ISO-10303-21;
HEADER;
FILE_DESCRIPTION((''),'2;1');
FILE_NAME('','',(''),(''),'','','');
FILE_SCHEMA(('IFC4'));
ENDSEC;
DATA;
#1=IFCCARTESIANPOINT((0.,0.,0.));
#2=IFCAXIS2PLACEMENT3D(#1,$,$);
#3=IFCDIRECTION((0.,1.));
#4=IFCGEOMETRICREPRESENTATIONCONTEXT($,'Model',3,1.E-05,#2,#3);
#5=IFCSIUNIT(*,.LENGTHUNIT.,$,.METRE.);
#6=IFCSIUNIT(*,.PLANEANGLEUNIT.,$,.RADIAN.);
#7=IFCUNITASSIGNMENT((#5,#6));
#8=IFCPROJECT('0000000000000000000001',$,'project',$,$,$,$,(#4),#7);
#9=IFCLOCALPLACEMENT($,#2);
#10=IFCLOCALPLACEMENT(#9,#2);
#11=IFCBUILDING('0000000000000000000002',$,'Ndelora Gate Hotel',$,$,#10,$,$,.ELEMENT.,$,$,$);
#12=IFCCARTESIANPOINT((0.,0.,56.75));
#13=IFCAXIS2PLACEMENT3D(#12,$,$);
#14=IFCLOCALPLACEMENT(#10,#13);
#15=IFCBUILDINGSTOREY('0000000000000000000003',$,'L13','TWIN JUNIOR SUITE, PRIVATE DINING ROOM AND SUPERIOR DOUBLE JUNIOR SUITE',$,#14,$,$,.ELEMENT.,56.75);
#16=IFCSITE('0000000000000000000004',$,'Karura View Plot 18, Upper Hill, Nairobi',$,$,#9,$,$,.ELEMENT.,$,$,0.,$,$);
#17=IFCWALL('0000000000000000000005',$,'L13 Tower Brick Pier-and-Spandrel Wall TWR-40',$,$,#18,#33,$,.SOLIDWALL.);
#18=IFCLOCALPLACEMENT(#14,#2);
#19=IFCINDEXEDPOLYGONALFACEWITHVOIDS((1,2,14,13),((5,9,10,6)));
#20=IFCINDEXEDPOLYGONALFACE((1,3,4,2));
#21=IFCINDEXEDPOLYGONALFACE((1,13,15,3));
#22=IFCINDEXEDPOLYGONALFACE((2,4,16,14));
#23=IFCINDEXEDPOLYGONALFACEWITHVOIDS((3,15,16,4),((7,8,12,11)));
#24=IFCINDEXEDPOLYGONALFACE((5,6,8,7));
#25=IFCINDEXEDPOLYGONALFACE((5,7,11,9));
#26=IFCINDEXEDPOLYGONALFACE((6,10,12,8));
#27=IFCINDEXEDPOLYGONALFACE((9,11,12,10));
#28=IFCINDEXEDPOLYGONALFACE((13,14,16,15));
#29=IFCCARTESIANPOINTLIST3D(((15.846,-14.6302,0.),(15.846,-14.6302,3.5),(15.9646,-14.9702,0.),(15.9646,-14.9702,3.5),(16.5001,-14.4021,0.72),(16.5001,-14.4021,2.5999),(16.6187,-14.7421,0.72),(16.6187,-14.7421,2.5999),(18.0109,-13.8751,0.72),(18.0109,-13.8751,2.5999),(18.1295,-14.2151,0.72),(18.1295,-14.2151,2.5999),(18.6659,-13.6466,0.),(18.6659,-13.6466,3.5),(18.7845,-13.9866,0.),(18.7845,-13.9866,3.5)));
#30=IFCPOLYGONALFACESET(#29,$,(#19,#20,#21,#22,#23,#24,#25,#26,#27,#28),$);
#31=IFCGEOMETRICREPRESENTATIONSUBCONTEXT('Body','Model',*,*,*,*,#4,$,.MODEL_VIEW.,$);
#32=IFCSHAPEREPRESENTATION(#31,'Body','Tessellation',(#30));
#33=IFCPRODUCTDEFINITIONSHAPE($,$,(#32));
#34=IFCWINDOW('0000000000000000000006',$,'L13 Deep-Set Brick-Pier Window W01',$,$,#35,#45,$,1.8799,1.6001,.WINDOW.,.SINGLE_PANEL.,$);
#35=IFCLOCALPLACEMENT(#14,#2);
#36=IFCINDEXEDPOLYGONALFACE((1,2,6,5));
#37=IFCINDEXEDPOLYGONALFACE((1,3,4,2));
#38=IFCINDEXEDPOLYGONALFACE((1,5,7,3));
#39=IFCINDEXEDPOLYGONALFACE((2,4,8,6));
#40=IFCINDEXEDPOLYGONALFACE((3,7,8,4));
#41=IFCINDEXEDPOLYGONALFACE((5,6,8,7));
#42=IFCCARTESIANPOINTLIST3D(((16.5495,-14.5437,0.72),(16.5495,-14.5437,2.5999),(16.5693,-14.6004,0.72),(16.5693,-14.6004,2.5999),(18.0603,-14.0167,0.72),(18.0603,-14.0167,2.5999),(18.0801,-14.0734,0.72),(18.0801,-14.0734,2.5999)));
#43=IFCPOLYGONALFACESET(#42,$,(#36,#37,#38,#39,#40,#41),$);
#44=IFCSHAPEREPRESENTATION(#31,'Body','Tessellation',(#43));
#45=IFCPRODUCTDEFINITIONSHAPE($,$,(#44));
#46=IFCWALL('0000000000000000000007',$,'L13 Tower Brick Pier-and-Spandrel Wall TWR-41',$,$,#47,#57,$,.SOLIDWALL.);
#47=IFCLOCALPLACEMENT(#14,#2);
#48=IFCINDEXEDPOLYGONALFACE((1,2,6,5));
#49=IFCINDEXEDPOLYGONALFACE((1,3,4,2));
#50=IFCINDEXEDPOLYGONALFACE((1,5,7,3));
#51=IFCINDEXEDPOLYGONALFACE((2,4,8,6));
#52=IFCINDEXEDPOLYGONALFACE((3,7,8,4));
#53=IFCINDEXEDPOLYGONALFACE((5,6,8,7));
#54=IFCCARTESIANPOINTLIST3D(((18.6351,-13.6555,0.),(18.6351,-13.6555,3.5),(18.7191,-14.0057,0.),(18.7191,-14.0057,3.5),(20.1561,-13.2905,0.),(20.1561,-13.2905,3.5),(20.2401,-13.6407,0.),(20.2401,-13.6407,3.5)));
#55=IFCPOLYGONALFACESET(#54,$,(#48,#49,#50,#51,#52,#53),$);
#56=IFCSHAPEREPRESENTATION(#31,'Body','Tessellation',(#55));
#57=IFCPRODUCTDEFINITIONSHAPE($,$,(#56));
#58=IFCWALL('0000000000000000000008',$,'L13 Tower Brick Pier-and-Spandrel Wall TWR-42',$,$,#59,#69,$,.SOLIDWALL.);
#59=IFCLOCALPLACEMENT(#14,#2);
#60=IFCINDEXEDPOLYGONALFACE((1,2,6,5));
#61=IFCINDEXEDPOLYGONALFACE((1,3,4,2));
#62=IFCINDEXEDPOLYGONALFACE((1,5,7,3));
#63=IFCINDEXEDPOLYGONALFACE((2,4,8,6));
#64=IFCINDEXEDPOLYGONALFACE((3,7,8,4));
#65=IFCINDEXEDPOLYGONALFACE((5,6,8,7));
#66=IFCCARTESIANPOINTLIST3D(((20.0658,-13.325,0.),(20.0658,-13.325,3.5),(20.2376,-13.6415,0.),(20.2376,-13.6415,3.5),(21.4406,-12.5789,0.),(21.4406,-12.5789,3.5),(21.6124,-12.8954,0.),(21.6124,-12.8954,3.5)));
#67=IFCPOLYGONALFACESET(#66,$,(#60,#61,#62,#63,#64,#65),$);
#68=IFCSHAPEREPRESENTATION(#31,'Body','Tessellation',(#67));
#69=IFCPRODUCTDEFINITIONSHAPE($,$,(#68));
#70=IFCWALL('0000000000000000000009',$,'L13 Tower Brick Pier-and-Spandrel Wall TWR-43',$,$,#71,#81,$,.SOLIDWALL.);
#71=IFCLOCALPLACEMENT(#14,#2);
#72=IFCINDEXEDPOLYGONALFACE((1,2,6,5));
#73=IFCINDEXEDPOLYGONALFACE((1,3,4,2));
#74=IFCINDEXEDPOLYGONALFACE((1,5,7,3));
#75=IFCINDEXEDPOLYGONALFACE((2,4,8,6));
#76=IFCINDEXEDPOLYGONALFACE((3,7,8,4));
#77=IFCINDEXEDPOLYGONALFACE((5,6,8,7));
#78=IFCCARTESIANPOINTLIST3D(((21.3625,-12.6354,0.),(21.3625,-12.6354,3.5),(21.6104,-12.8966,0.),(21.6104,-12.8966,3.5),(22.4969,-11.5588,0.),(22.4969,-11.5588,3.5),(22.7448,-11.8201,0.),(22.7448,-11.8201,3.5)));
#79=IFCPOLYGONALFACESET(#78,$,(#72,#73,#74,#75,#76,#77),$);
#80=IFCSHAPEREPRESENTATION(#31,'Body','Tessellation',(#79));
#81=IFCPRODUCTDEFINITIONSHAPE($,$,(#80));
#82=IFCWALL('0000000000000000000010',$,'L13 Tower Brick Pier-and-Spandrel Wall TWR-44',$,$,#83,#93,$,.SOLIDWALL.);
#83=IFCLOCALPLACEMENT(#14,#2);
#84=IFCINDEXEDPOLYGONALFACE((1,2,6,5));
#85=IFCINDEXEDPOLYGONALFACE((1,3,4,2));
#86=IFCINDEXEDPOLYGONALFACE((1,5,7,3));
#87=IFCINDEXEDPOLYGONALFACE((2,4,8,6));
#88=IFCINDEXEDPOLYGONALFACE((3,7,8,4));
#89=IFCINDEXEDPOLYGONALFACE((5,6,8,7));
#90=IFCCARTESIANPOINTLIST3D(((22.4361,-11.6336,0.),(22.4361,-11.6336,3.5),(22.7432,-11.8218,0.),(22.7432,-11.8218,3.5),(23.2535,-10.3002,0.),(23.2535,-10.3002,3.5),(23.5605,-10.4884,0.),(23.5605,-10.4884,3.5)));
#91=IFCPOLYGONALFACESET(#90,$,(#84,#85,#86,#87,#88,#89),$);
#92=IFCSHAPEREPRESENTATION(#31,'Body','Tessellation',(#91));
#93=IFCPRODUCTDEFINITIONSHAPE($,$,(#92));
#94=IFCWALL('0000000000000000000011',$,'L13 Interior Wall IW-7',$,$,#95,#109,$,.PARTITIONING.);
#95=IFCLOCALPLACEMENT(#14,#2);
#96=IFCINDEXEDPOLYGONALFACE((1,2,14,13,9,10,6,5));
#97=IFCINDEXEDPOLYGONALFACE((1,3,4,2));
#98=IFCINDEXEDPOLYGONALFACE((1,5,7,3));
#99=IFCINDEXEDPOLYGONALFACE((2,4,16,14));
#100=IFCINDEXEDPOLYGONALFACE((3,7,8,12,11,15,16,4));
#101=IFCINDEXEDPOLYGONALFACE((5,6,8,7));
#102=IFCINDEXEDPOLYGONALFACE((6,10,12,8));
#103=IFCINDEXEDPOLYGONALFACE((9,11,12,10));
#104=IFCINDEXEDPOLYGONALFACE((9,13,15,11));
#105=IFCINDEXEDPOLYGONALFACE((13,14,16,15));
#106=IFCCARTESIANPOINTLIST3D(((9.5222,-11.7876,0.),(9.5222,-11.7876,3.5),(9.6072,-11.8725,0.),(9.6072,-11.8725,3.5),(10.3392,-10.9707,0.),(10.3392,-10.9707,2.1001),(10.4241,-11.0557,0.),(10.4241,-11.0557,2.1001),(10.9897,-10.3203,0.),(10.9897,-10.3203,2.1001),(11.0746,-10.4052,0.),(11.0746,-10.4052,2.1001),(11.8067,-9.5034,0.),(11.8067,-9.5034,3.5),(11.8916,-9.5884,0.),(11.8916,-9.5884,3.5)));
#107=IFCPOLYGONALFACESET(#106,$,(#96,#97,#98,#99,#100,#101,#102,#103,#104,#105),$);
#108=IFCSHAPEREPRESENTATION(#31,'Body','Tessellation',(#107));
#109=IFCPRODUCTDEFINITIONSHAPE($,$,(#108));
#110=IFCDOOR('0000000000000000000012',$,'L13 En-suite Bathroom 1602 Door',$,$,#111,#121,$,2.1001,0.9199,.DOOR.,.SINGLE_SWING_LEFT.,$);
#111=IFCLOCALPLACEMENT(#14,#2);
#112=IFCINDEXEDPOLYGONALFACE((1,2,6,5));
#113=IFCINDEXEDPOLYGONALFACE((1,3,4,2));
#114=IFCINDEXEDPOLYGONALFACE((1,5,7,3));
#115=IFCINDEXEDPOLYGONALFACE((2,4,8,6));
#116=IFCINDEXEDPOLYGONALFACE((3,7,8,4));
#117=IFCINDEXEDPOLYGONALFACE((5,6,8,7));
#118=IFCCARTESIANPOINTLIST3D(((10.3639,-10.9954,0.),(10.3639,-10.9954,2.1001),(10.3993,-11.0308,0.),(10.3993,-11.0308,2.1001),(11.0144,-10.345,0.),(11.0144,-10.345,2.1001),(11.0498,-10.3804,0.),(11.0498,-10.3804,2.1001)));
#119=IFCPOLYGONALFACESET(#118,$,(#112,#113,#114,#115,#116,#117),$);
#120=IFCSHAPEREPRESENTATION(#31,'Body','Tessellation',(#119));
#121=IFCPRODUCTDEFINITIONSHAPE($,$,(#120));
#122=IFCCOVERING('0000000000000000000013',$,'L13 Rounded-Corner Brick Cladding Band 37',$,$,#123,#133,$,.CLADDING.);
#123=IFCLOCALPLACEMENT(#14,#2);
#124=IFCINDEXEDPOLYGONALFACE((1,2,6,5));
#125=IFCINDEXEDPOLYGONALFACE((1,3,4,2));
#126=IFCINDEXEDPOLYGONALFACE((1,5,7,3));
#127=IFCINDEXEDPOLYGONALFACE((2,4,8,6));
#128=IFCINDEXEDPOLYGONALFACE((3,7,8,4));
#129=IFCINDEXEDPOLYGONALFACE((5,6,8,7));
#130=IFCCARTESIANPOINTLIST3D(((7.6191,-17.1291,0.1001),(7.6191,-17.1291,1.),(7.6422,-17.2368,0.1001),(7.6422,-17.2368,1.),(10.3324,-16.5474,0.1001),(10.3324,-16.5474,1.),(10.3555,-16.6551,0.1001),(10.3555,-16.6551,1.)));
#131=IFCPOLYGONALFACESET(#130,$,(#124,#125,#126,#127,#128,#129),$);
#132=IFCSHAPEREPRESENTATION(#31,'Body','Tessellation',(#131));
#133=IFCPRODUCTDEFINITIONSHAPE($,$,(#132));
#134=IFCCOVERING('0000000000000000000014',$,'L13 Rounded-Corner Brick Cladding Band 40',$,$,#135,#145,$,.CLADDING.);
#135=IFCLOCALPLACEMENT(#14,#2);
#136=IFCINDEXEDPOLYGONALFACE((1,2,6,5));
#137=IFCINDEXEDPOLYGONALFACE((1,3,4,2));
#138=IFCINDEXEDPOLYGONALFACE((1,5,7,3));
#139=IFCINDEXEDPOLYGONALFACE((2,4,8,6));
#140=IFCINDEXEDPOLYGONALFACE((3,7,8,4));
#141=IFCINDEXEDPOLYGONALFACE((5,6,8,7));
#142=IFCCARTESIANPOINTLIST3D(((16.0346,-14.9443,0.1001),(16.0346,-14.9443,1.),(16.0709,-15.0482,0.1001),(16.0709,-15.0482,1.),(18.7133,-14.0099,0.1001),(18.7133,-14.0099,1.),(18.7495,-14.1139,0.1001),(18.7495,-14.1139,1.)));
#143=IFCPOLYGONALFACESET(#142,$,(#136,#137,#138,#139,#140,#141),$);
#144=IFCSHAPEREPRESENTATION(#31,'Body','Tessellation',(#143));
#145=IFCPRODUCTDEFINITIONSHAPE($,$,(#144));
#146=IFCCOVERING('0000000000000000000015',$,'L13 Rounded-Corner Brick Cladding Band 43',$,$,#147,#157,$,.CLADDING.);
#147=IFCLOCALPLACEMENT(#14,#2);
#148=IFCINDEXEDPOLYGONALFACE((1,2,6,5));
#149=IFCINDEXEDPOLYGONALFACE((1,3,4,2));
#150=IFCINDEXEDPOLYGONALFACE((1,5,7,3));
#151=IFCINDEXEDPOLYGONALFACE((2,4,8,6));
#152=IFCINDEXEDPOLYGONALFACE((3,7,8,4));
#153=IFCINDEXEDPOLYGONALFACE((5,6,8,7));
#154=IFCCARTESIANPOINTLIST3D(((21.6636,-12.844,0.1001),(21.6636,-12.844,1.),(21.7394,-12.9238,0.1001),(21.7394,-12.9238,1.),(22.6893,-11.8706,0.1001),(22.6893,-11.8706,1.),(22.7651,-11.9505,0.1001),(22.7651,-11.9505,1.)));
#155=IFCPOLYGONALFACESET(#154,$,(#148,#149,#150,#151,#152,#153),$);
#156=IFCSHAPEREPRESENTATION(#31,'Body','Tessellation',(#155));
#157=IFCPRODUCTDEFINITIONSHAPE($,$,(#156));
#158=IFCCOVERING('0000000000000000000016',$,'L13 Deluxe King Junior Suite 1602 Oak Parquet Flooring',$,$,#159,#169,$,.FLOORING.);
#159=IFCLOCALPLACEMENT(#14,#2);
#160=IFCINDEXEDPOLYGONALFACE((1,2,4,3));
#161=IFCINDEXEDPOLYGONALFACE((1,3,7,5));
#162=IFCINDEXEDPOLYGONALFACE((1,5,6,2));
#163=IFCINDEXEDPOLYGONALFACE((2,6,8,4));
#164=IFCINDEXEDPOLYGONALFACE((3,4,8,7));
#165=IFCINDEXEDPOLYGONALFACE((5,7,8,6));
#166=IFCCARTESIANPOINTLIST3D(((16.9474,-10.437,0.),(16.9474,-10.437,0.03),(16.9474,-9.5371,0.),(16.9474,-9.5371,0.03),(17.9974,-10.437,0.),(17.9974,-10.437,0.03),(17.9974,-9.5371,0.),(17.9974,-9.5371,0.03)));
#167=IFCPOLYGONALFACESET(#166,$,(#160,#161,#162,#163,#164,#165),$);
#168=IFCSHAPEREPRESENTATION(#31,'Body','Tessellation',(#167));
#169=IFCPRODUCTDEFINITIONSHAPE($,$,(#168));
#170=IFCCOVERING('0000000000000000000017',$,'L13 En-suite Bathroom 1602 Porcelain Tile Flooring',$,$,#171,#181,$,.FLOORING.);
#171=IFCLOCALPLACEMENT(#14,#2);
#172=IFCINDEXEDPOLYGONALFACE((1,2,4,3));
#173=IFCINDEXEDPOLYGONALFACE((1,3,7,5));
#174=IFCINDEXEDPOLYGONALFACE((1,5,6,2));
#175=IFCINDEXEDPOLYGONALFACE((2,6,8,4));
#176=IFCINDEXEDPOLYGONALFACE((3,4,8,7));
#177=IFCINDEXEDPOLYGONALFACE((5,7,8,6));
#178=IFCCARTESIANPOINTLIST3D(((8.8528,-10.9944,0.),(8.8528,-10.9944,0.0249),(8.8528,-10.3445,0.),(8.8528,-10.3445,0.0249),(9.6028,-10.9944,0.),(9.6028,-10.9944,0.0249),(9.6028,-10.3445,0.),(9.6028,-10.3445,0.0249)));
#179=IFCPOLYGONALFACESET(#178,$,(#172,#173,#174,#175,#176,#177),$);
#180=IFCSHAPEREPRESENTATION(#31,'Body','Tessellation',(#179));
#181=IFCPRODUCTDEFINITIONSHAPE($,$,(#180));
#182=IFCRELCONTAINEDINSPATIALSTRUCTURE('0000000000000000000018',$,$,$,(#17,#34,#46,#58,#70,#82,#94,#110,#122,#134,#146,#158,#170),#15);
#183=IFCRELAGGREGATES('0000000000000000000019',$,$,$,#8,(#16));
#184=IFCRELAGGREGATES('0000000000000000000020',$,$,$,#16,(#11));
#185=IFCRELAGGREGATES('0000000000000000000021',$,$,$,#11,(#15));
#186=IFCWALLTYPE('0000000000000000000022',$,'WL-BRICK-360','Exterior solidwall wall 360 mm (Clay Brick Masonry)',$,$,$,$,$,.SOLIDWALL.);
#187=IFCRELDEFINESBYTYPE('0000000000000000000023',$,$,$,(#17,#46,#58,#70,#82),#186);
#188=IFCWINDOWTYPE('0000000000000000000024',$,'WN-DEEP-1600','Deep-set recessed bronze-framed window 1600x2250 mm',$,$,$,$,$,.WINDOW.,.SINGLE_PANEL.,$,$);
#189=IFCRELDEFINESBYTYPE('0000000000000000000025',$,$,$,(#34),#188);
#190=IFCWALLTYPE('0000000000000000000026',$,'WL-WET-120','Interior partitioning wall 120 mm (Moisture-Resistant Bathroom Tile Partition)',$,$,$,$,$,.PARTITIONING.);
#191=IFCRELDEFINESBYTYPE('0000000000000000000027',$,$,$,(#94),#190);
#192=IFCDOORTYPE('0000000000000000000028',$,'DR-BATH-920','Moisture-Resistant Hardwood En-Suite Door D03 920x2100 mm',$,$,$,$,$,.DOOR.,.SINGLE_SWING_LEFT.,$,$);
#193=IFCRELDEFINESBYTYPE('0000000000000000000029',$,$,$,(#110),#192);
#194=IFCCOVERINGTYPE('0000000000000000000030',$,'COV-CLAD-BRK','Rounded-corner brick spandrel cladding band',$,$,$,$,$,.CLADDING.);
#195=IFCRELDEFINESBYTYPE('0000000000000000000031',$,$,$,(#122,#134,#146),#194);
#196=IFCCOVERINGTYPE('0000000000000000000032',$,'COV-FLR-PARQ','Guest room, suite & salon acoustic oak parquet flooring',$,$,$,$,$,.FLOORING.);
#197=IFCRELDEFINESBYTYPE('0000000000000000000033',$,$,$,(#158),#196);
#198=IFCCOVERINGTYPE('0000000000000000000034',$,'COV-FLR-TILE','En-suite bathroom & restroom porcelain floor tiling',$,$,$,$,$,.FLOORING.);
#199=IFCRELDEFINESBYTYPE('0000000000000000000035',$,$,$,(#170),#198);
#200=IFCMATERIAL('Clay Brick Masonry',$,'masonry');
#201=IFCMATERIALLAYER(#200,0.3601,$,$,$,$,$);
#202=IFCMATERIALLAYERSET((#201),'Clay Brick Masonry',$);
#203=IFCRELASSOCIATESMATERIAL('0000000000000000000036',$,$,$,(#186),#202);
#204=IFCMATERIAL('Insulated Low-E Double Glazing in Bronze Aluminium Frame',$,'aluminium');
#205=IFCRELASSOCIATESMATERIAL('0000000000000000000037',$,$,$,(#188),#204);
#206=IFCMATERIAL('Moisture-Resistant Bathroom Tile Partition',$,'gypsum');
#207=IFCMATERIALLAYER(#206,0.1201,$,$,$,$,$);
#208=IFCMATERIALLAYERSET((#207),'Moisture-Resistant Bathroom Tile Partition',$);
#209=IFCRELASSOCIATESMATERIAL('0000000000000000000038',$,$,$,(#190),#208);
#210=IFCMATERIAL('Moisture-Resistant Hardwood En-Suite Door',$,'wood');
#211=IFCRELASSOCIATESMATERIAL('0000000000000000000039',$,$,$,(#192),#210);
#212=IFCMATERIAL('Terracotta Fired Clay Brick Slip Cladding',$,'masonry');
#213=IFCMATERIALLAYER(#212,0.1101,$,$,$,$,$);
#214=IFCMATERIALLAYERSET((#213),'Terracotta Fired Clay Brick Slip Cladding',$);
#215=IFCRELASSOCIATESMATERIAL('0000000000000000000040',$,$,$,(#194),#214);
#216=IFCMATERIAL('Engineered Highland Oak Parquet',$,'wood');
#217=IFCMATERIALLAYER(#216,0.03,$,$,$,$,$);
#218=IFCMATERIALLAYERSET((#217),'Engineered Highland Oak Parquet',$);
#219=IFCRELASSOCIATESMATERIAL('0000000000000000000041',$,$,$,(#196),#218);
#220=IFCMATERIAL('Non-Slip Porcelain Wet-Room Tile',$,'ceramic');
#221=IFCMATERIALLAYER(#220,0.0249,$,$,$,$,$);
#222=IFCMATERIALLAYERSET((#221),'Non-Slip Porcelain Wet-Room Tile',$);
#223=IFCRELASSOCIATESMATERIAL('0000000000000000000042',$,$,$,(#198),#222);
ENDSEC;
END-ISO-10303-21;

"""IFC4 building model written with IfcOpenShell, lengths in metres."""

from ifc_helpers import new_model, si_unit, direction, frame, frame_2d, origin, origin_2d, place, context, subcontext, project, spatial, rectangle, extrude, material, layer, layer_set, type_object, element, fill, save


model = new_model("IFC4")

# Units and contexts
model_context = context("Model", 3, precision=1e-05, world=origin(), true_north=direction((0.0, 1.0)))
body_context = subcontext(model_context, "Body", "Model", "MODEL_VIEW")
ifc_project = project(units=[si_unit("LENGTHUNIT", "METRE"), si_unit("PLANEANGLEUNIT", "RADIAN")], contexts=[model_context])

# Site, building, storey
site_placement = place(None, origin())
site = spatial("IfcSite", under=ifc_project, at=site_placement, Name="Karura View Plot 18, Upper Hill, Nairobi", CompositionType="ELEMENT", RefElevation=0.0)
building_placement = place(site_placement, origin())
building = spatial("IfcBuilding", under=site, at=building_placement, Name="Ndelora Gate Hotel", CompositionType="ELEMENT")
storey_placement = place(building_placement, frame((0.0, 0.0, 56.75)))
storey = spatial("IfcBuildingStorey", under=building, at=storey_placement, Name="L13", Description="TWIN JUNIOR SUITE, PRIVATE DINING ROOM AND SUPERIOR DOUBLE JUNIOR SUITE", CompositionType="ELEMENT", Elevation=56.75)

# Shared definitions
ifc_material_1 = material(Name="Clay Brick Masonry", Category="masonry")
ifc_layer_1 = layer(ifc_material_1, 0.3601)
ifc_layer_set_1 = layer_set([ifc_layer_1], Name="Clay Brick Masonry")
wall_type_1 = type_object("IfcWallType", Name="WL-BRICK-360", Description="Exterior solidwall wall 360 mm (Clay Brick Masonry)", PredefinedType="SOLIDWALL", material=ifc_layer_set_1)
ifc_material_2 = material(Name="Insulated Low-E Double Glazing in Bronze Aluminium Frame", Category="aluminium")

# Wall, opening, window
window_type_1 = type_object("IfcWindowType", Name="WN-DEEP-1600", Description="Deep-set recessed bronze-framed window 1600x2250 mm", PartitioningType="SINGLE_PANEL", PredefinedType="WINDOW", material=ifc_material_2)
wall_1_placement = place(storey_placement, frame((18.7251, -13.8167, 0.0), z_axis=(0.0, 0.0, 1.0), x_axis=(-0.944211, -0.329342, 0.0)))
wall_1 = element("IfcWall", 1, at=wall_1_placement, inside=storey, type_object=wall_type_1, Name="L13 Tower Brick Pier-and-Spandrel Wall TWR-40", PredefinedType="SOLIDWALL", context=body_context, shape_type="SweptSolid", body=[
    extrude(rectangle(XDim=2.9866, YDim=0.3601, at=frame_2d((1.4932, 0.0))), origin(), (0.0, 0.0, 1.0), 3.5),
])
opening_1_placement = place(wall_1_placement, frame((0.6936, 0.0, 0.72)))
opening_1 = element("IfcOpeningElement", 2, at=opening_1_placement, cuts=wall_1, PredefinedType="OPENING", context=body_context, shape_type="SweptSolid", body=[
    extrude(rectangle(XDim=1.6001, YDim=1.8799, at=frame_2d((0.8, 0.9399))), frame((0.0, 0.1899, 0.0), z_axis=(0.0, -1.0, 0.0), x_axis=(1.0, 0.0, 0.0)), (0.0, 0.0, 1.0), 0.3801),
])
window_1_placement = place(opening_1_placement, origin())
window_1 = element("IfcWindow", 3, at=window_1_placement, inside=storey, type_object=window_type_1, Name="L13 Deep-Set Brick-Pier Window W01", OverallHeight=1.8799, OverallWidth=1.6001, PartitioningType="SINGLE_PANEL", PredefinedType="WINDOW", context=body_context, shape_type="SweptSolid", body=[
    extrude(rectangle(XDim=1.6001, YDim=1.8799, at=frame_2d((0.8, 0.9399))), frame((0.0, 0.03, 0.0), z_axis=(0.0, -1.0, 0.0), x_axis=(1.0, 0.0, 0.0)), (0.0, 0.0, 1.0), 0.0601),
])
fill(opening_1, window_1)

# Walls
for number, where, z_axis, x_axis, name in (
    (4, (20.1982, -13.4656, 0.0), (0.0, 0.0, 1.0), (-0.972394, -0.233343, 0.0), "L13 Tower Brick Pier-and-Spandrel Wall TWR-41"),
    (5, (21.5266, -12.7371, 0.0), (0.0, 0.0, 1.0), (-0.878908, -0.476992, 0.0), "L13 Tower Brick Pier-and-Spandrel Wall TWR-42"),
):
    element("IfcWall", number, at=place(storey_placement, frame(where, z_axis=z_axis, x_axis=x_axis)), inside=storey, type_object=wall_type_1, Name=name, PredefinedType="SOLIDWALL", context=body_context, shape_type="SweptSolid", body=[
        extrude(rectangle(XDim=1.5642, YDim=0.3601, at=frame_2d((0.7822, 0.0))), origin(), (0.0, 0.0, 1.0), 3.5),
    ])
for number, where, z_axis, x_axis, name in (
    (6, (22.6208, -11.6895, 0.0), (0.0, 0.0, 1.0), (-0.725362, -0.688368, 0.0), "L13 Tower Brick Pier-and-Spandrel Wall TWR-43"),
    (7, (23.407, -10.3943, 0.0), (0.0, 0.0, 1.0), (-0.522599, -0.852579, 0.0), "L13 Tower Brick Pier-and-Spandrel Wall TWR-44"),
):
    element("IfcWall", number, at=place(storey_placement, frame(where, z_axis=z_axis, x_axis=x_axis)), inside=storey, type_object=wall_type_1, Name=name, PredefinedType="SOLIDWALL", context=body_context, shape_type="SweptSolid", body=[
        extrude(rectangle(XDim=1.564, YDim=0.3601, at=frame_2d((0.782, 0.0))), origin(), (0.0, 0.0, 1.0), 3.5),
    ])

# Wall, opening, door
ifc_material_3 = material(Name="Moisture-Resistant Bathroom Tile Partition", Category="gypsum")
ifc_layer_2 = layer(ifc_material_3, 0.1201)
ifc_layer_set_2 = layer_set([ifc_layer_2], Name="Moisture-Resistant Bathroom Tile Partition")
wall_type_2 = type_object("IfcWallType", Name="WL-WET-120", Description="Interior partitioning wall 120 mm (Moisture-Resistant Bathroom Tile Partition)", PredefinedType="PARTITIONING", material=ifc_layer_set_2)
wall_2_placement = place(storey_placement, frame((11.8491, -9.5459, 0.0), z_axis=(0.0, 0.0, 1.0), x_axis=(-0.707145, -0.707069, 0.0)))
wall_2 = element("IfcWall", 8, at=wall_2_placement, inside=storey, type_object=wall_type_2, Name="L13 Interior Wall IW-7", PredefinedType="PARTITIONING", context=body_context, shape_type="SweptSolid", body=[
    extrude(rectangle(XDim=3.2305, YDim=0.1201, at=frame_2d((1.6152, 0.0))), origin(), (0.0, 0.0, 1.0), 3.5),
])
opening_2_placement = place(wall_2_placement, frame((1.1553, 0.0, 0.0)))
opening_2 = element("IfcOpeningElement", 9, at=opening_2_placement, cuts=wall_2, PredefinedType="OPENING", context=body_context, shape_type="SweptSolid", body=[
    extrude(rectangle(XDim=0.9199, YDim=2.1001, at=frame_2d((0.46, 1.05))), frame((0.0, 0.0701, 0.0), z_axis=(0.0, -1.0, 0.0), x_axis=(1.0, 0.0, 0.0)), (0.0, 0.0, 1.0), 0.1401),
])
ifc_material_4 = material(Name="Moisture-Resistant Hardwood En-Suite Door", Category="wood")
door_type = type_object("IfcDoorType", Name="DR-BATH-920", Description="Moisture-Resistant Hardwood En-Suite Door D03 920x2100 mm", OperationType="SINGLE_SWING_LEFT", PredefinedType="DOOR", material=ifc_material_4)
door_placement = place(opening_2_placement, origin())
door = element("IfcDoor", 10, at=door_placement, inside=storey, type_object=door_type, Name="L13 En-suite Bathroom 1602 Door", OperationType="SINGLE_SWING_LEFT", OverallHeight=2.1001, OverallWidth=0.9199, PredefinedType="DOOR", context=body_context, shape_type="SweptSolid", body=[
    extrude(rectangle(XDim=0.9199, YDim=2.1001, at=frame_2d((0.46, 1.05))), frame((0.0, 0.0249, 0.0), z_axis=(0.0, -1.0, 0.0), x_axis=(1.0, 0.0, 0.0)), (0.0, 0.0, 1.0), 0.05),
])
fill(opening_2, door)

# Coverings
ifc_material_5 = material(Name="Terracotta Fired Clay Brick Slip Cladding", Category="masonry")
ifc_layer_3 = layer(ifc_material_5, 0.1101)
ifc_layer_set_3 = layer_set([ifc_layer_3], Name="Terracotta Fired Clay Brick Slip Cladding")
covering_type_1 = type_object("IfcCoveringType", Name="COV-CLAD-BRK", Description="Rounded-corner brick spandrel cladding band", PredefinedType="CLADDING", material=ifc_layer_set_3)
covering_1_placement = place(storey_placement, frame((8.9873, -16.8921, 0.1001), z_axis=(0.0, 0.0, 1.0), x_axis=(0.977783, 0.209619, 0.0)))
element("IfcCovering", 11, at=covering_1_placement, inside=storey, type_object=covering_type_1, Name="L13 Rounded-Corner Brick Cladding Band 37", PredefinedType="CLADDING", context=body_context, shape_type="SweptSolid", body=[
    extrude(rectangle(XDim=2.7749, YDim=0.1101, at=origin_2d()), origin(), (0.0, 0.0, 1.0), 0.8999),
])
covering_2_placement = place(storey_placement, frame((17.3921, -14.5291, 0.1001), z_axis=(0.0, 0.0, 1.0), x_axis=(0.944204, 0.329361, 0.0)))
element("IfcCovering", 12, at=covering_2_placement, inside=storey, type_object=covering_type_1, Name="L13 Rounded-Corner Brick Cladding Band 40", PredefinedType="CLADDING", context=body_context, shape_type="SweptSolid", body=[
    extrude(rectangle(XDim=2.8369, YDim=0.1101, at=origin_2d()), origin(), (0.0, 0.0, 1.0), 0.8999),
])
covering_3_placement = place(storey_placement, frame((22.2144, -12.3972, 0.1001), z_axis=(0.0, 0.0, 1.0), x_axis=(0.725374, 0.688355, 0.0)))
element("IfcCovering", 13, at=covering_3_placement, inside=storey, type_object=covering_type_1, Name="L13 Rounded-Corner Brick Cladding Band 43", PredefinedType="CLADDING", context=body_context, shape_type="SweptSolid", body=[
    extrude(rectangle(XDim=1.4141, YDim=0.1101, at=origin_2d()), origin(), (0.0, 0.0, 1.0), 0.8999),
])
ifc_material_6 = material(Name="Engineered Highland Oak Parquet", Category="wood")
ifc_layer_4 = layer(ifc_material_6, 0.03)
ifc_layer_set_4 = layer_set([ifc_layer_4], Name="Engineered Highland Oak Parquet")
covering_type_2 = type_object("IfcCoveringType", Name="COV-FLR-PARQ", Description="Guest room, suite & salon acoustic oak parquet flooring", PredefinedType="FLOORING", material=ifc_layer_set_4)
covering_4_placement = place(storey_placement, frame((17.4724, -9.9871, 0.0), z_axis=(0.0, 0.0, 1.0), x_axis=(1.0, 0.0, 0.0)))
element("IfcCovering", 14, at=covering_4_placement, inside=storey, type_object=covering_type_2, Name="L13 Deluxe King Junior Suite 1602 Oak Parquet Flooring", PredefinedType="FLOORING", context=body_context, shape_type="SweptSolid", body=[
    extrude(rectangle(XDim=1.05, YDim=0.8999, at=origin_2d()), origin(), (0.0, 0.0, 1.0), 0.03),
])
ifc_material_7 = material(Name="Non-Slip Porcelain Wet-Room Tile", Category="ceramic")
ifc_layer_5 = layer(ifc_material_7, 0.0249)
ifc_layer_set_5 = layer_set([ifc_layer_5], Name="Non-Slip Porcelain Wet-Room Tile")
covering_type_3 = type_object("IfcCoveringType", Name="COV-FLR-TILE", Description="En-suite bathroom & restroom porcelain floor tiling", PredefinedType="FLOORING", material=ifc_layer_set_5)
covering_5_placement = place(storey_placement, frame((9.2278, -10.6694, 0.0), z_axis=(0.0, 0.0, 1.0), x_axis=(1.0, 0.0, 0.0)))
element("IfcCovering", 15, at=covering_5_placement, inside=storey, type_object=covering_type_3, Name="L13 En-suite Bathroom 1602 Porcelain Tile Flooring", PredefinedType="FLOORING", context=body_context, shape_type="SweptSolid", body=[
    extrude(rectangle(XDim=0.75, YDim=0.6499, at=origin_2d()), origin(), (0.0, 0.0, 1.0), 0.0249),
])

save(model, "model.ifc")
